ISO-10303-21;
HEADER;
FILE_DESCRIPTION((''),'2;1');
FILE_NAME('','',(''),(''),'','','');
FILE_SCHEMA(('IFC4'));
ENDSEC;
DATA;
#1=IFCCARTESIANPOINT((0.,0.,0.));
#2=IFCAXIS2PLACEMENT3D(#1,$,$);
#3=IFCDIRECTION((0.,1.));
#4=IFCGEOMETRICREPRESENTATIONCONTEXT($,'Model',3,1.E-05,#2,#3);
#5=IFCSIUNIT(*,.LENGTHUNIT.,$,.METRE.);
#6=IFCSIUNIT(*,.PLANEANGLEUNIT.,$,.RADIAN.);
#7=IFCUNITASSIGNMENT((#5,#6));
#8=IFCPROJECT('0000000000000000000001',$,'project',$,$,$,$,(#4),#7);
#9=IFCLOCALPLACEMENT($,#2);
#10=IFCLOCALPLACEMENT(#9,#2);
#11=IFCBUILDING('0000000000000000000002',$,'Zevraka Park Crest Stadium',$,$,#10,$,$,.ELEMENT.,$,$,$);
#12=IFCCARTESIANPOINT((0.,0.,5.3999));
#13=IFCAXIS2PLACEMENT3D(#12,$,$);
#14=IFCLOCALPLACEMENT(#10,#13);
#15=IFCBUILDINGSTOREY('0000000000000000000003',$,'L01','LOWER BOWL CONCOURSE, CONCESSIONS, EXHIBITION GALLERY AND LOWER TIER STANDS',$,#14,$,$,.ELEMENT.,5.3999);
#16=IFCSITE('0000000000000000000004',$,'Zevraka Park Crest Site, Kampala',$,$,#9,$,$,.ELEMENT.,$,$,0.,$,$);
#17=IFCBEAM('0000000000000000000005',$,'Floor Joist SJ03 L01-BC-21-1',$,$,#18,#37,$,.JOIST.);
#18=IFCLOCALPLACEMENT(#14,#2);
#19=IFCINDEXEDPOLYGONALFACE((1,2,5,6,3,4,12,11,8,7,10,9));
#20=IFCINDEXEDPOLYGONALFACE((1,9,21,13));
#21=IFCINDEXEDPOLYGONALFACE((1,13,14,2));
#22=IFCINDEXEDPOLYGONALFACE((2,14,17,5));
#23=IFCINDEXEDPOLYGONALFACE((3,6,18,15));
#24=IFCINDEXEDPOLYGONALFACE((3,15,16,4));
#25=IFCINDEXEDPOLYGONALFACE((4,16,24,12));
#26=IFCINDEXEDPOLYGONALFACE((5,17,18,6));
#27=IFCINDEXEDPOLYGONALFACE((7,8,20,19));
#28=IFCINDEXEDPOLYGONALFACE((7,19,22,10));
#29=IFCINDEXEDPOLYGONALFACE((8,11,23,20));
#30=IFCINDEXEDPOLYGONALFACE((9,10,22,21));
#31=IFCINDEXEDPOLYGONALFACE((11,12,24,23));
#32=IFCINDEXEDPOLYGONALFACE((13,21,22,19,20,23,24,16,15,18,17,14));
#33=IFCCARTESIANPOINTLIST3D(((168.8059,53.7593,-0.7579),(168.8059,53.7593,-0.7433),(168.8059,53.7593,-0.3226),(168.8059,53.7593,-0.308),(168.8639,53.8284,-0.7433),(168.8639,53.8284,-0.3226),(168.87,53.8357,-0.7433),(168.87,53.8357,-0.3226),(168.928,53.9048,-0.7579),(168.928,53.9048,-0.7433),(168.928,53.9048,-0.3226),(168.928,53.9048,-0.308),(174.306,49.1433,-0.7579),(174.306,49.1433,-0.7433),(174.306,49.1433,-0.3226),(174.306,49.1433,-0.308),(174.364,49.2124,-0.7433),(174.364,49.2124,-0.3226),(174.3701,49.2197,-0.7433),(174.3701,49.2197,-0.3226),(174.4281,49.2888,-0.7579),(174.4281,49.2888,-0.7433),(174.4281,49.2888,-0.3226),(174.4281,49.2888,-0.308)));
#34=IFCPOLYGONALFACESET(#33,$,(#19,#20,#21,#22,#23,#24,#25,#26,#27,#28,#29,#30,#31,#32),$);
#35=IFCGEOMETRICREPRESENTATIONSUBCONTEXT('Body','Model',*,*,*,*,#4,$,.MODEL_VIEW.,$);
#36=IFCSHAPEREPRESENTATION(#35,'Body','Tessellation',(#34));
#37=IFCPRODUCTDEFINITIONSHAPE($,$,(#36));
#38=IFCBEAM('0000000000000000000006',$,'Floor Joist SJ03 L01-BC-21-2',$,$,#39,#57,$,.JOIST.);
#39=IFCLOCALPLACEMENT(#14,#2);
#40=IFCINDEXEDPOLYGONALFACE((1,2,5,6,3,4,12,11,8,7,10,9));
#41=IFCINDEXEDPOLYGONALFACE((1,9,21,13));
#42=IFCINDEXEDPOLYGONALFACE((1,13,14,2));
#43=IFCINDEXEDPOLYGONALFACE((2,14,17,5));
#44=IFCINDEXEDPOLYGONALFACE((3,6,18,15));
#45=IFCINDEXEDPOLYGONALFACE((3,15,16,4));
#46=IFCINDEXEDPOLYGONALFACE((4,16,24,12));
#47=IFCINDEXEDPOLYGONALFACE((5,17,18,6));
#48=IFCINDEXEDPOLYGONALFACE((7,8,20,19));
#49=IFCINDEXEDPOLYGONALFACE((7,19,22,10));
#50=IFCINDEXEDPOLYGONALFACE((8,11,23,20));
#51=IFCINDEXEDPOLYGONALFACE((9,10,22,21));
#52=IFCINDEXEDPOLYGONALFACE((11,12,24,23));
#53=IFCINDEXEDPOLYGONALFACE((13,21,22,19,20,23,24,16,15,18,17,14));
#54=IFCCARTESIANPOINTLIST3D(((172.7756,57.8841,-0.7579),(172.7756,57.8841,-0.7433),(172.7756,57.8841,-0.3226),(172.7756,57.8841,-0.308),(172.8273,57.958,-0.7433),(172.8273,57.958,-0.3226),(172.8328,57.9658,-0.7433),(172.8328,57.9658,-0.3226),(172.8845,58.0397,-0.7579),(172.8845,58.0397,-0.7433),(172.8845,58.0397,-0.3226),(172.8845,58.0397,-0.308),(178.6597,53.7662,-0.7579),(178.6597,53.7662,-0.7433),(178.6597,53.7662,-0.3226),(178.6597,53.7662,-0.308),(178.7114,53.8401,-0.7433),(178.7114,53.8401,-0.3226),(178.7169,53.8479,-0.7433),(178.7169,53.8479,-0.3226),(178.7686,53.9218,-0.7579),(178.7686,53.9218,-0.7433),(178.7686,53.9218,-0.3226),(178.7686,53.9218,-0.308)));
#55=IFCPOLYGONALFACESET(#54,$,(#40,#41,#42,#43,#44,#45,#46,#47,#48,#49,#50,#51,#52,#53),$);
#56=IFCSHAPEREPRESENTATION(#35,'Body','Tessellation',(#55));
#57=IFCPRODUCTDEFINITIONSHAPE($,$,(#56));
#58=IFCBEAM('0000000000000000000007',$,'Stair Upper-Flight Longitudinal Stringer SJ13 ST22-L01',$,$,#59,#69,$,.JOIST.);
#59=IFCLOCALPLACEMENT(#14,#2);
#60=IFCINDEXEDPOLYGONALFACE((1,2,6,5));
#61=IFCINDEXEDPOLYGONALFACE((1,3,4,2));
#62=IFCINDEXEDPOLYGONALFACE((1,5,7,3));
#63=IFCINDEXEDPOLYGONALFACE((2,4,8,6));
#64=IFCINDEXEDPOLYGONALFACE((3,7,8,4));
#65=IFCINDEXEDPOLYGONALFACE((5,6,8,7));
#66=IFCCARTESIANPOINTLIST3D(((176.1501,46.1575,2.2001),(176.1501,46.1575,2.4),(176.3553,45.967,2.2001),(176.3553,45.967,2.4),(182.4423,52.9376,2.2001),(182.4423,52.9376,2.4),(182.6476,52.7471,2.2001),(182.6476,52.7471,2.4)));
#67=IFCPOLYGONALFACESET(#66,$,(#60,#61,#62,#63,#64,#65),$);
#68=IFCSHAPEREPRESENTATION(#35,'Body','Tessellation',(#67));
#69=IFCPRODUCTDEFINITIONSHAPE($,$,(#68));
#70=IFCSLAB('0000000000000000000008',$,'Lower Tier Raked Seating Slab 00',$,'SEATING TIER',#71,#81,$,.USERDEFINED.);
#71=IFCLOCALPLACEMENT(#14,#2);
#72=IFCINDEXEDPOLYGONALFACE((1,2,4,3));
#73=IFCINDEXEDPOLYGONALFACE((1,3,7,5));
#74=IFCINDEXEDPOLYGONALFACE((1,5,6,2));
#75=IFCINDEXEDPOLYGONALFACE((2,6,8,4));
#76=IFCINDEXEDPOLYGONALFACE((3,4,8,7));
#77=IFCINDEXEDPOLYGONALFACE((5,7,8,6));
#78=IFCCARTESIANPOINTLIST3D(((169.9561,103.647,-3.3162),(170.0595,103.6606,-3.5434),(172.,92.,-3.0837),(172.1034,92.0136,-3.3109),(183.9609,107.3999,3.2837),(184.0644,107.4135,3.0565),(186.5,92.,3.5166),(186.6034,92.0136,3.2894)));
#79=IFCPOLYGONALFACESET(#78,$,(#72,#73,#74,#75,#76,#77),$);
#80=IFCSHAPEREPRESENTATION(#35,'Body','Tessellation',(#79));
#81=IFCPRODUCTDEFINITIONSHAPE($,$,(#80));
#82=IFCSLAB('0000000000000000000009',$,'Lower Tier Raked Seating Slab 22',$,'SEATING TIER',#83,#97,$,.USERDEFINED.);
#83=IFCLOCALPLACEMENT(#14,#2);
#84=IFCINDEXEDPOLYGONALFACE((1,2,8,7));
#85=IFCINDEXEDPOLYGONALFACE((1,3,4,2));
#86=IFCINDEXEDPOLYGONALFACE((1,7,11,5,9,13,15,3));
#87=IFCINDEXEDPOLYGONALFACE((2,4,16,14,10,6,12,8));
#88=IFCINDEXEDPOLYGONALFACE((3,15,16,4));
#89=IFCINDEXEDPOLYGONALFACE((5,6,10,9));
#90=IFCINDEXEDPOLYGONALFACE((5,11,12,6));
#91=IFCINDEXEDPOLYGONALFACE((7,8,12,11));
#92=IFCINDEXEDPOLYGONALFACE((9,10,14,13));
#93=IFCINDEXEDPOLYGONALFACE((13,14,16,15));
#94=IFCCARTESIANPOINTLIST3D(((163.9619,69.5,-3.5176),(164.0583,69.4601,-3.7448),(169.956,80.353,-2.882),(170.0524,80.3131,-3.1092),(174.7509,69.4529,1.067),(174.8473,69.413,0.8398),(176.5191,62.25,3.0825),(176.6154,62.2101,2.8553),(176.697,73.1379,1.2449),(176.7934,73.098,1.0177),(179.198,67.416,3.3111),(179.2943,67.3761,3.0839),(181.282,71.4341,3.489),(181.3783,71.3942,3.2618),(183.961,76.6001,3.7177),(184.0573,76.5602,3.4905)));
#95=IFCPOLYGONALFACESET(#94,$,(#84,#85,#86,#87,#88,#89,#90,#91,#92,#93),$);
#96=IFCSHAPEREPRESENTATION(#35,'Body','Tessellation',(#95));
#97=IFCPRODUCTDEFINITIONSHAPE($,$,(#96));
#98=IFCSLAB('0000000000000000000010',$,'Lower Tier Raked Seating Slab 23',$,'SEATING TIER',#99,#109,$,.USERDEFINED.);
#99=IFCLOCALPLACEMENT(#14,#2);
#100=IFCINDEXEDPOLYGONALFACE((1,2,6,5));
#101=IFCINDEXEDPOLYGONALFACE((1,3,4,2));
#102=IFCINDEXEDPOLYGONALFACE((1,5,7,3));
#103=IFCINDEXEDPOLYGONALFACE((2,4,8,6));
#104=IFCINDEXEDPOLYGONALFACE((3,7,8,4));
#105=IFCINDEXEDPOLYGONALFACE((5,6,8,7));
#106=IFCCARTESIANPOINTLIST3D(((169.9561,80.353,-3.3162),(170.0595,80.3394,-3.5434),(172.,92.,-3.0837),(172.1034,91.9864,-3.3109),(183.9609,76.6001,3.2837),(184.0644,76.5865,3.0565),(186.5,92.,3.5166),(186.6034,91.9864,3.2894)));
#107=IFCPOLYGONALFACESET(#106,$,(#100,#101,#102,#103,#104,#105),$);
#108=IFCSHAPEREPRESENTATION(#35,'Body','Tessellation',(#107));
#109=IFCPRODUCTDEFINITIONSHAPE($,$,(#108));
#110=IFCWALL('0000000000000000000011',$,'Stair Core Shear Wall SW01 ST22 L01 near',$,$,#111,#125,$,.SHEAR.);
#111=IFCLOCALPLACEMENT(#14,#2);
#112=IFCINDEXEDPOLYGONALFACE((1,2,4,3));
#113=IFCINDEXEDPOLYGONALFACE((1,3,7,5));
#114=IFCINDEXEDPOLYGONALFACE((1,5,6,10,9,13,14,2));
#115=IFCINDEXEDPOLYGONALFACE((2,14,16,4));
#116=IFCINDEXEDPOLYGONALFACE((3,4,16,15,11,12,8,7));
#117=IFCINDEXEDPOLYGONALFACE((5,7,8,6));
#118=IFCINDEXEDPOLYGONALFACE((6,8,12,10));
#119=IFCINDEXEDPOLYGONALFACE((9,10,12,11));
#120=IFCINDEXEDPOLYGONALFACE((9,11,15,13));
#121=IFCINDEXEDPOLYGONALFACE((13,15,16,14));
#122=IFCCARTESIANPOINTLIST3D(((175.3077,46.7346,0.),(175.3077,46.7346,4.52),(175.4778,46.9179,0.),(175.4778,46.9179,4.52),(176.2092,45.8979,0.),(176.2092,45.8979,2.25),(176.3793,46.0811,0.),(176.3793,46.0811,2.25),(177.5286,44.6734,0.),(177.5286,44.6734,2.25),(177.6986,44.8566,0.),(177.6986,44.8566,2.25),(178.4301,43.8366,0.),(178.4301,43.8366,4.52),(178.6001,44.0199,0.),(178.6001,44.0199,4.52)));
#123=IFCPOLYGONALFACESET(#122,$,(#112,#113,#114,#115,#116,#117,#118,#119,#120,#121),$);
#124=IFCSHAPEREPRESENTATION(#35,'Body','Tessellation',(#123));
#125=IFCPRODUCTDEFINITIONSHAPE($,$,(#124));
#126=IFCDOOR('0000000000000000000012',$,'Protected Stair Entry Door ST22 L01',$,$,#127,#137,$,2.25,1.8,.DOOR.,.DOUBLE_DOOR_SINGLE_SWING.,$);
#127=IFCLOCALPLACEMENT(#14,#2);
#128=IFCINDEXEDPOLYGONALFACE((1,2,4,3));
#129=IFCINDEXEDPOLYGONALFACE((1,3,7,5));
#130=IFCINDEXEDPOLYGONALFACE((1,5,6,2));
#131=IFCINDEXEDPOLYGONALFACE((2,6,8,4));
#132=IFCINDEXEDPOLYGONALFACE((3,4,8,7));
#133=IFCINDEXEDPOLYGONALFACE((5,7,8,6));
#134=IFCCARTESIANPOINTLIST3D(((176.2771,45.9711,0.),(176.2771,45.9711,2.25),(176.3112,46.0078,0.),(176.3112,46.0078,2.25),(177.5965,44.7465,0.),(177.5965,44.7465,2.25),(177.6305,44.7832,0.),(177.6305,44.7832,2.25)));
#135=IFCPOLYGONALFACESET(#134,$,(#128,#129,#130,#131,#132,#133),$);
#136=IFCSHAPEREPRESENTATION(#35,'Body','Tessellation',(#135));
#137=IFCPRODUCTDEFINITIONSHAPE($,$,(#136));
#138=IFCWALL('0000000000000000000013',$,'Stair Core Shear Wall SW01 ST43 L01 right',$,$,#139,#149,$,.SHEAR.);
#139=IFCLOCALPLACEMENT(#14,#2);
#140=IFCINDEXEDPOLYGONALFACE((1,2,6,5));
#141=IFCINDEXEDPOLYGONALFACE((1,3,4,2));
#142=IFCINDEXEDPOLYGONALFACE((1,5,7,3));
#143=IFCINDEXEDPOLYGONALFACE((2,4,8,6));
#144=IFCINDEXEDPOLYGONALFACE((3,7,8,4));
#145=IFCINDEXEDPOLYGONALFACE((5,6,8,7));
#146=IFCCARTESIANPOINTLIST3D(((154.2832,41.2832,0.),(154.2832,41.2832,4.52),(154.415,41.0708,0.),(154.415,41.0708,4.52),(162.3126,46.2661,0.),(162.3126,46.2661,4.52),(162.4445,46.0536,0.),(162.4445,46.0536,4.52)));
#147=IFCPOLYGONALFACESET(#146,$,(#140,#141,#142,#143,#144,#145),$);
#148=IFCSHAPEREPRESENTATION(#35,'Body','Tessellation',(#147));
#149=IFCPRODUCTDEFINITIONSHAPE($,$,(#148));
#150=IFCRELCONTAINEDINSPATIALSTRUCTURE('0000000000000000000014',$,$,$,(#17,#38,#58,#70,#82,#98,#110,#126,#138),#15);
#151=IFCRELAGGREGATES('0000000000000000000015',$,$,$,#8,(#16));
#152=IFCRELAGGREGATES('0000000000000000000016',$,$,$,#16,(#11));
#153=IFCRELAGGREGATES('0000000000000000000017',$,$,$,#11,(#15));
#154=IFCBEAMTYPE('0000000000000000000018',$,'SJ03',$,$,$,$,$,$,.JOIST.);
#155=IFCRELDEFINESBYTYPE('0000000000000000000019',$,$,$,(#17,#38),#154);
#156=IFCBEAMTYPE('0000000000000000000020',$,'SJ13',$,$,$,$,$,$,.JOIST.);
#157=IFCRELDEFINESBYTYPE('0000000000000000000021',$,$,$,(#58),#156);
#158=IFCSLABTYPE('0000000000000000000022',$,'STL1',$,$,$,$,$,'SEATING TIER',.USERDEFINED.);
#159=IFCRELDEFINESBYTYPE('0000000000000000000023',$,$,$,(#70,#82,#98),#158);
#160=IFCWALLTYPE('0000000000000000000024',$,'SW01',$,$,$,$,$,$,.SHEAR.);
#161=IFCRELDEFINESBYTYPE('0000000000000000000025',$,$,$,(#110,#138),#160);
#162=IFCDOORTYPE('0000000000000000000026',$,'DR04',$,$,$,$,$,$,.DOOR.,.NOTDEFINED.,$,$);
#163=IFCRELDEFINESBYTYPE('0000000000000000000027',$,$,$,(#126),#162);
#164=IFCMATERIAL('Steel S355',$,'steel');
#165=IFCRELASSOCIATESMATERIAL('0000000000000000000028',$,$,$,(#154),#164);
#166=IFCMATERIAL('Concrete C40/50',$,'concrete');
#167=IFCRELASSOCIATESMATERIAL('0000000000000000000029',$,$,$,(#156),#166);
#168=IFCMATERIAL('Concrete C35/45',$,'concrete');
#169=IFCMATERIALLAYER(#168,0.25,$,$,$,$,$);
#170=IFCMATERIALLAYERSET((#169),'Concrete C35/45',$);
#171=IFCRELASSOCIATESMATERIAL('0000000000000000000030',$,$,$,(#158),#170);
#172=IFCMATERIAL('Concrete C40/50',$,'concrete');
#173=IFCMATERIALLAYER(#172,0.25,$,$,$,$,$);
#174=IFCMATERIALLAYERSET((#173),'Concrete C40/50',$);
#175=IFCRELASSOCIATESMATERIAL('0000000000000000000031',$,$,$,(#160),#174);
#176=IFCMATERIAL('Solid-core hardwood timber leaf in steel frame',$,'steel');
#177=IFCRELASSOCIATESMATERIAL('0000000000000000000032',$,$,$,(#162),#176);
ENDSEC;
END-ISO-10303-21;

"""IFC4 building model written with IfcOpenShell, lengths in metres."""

from ifc_helpers import new_model, si_unit, direction, frame, frame_2d, origin, origin_2d, place, context, subcontext, project, spatial, polyline, rectangle, i_section, outline, extrude, material, layer, layer_set, material_profile, profile_set, type_object, element, fill, save


model = new_model("IFC4")

# Units and contexts
model_context = context("Model", 3, precision=1e-05, world=origin(), true_north=direction((0.0, 1.0)))
body_context = subcontext(model_context, "Body", "Model", "MODEL_VIEW")
ifc_project = project(units=[si_unit("LENGTHUNIT", "METRE"), si_unit("PLANEANGLEUNIT", "RADIAN")], contexts=[model_context])

# Site, building, storey
site_placement = place(None, origin())
site = spatial("IfcSite", under=ifc_project, at=site_placement, Name="Zevraka Park Crest Site, Kampala", CompositionType="ELEMENT", RefElevation=0.0)
building_placement = place(site_placement, origin())
building = spatial("IfcBuilding", under=site, at=building_placement, Name="Zevraka Park Crest Stadium", CompositionType="ELEMENT")
storey_placement = place(building_placement, frame((0.0, 0.0, 5.3999)))
storey = spatial("IfcBuildingStorey", under=building, at=storey_placement, Name="L01", Description="LOWER BOWL CONCOURSE, CONCESSIONS, EXHIBITION GALLERY AND LOWER TIER STANDS", CompositionType="ELEMENT", Elevation=5.3999)

# Beams
ifc_material_1 = material(Name="Steel S355", Category="steel")
ifc_material_profile_1 = material_profile(ifc_material_1, i_section(OverallWidth=0.1899, OverallDepth=0.45, WebThickness=0.0095, FlangeThickness=0.0146, at=origin_2d()), Name="IPE 450")
ifc_profile_set_1 = profile_set([ifc_material_profile_1], Name="Steel S355")
beam_type_1 = type_object("IfcBeamType", Name="SJ03", PredefinedType="JOIST", material=ifc_profile_set_1)
beam_1_placement = place(storey_placement, frame((168.8669, 53.832, -0.533), z_axis=(0.765981, -0.642863, 0.0), x_axis=(0.642863, 0.765981, 0.0)))
element("IfcBeam", 1, at=beam_1_placement, inside=storey, type_object=beam_type_1, Name="Floor Joist SJ03 L01-BC-21-1", PredefinedType="JOIST", context=body_context, shape_type="SweptSolid", body=[
    extrude(i_section(OverallWidth=0.1899, OverallDepth=0.45, WebThickness=0.0095, FlangeThickness=0.0146, at=origin_2d()), origin(), (0.0, 0.0, 1.0), 7.1804),
])
beam_2_placement = place(storey_placement, frame((172.8301, 57.9619, -0.533), z_axis=(0.819291, -0.573378, 0.0), x_axis=(0.573378, 0.819291, 0.0)))
element("IfcBeam", 2, at=beam_2_placement, inside=storey, type_object=beam_type_1, Name="Floor Joist SJ03 L01-BC-21-2", PredefinedType="JOIST", context=body_context, shape_type="SweptSolid", body=[
    extrude(i_section(OverallWidth=0.1899, OverallDepth=0.45, WebThickness=0.0095, FlangeThickness=0.0146, at=origin_2d()), origin(), (0.0, 0.0, 1.0), 7.1819),
])
ifc_material_2 = material(Name="Concrete C40/50", Category="concrete")
ifc_material_profile_2 = material_profile(ifc_material_2, rectangle(XDim=0.28, YDim=0.2, at=origin_2d()), Name="RC 200x280")
ifc_profile_set_2 = profile_set([ifc_material_profile_2], Name="Concrete C40/50")
beam_type_2 = type_object("IfcBeamType", Name="SJ13", PredefinedType="JOIST", material=ifc_profile_set_2)
beam_3_placement = place(storey_placement, frame((176.2527, 46.0623, 2.3), z_axis=(0.680248, 0.732982, 0.0), x_axis=(-0.732982, 0.680248, 0.0)))
element("IfcBeam", 3, at=beam_3_placement, inside=storey, type_object=beam_type_2, Name="Stair Upper-Flight Longitudinal Stringer SJ13 ST22-L01", PredefinedType="JOIST", context=body_context, shape_type="SweptSolid", body=[
    extrude(rectangle(XDim=0.28, YDim=0.2, at=origin_2d()), origin(), (0.0, 0.0, 1.0), 9.25),
])

# Slabs
ifc_material_3 = material(Name="Concrete C35/45", Category="concrete")
ifc_layer_1 = layer(ifc_material_3, 0.25)
ifc_layer_set_1 = layer_set([ifc_layer_1], Name="Concrete C35/45")
slab_type = type_object("IfcSlabType", Name="STL1", ElementType="SEATING TIER", PredefinedType="USERDEFINED", material=ifc_layer_set_1)
slab_1_placement = place(storey_placement, frame((172.0, 92.0, -3.0837), z_axis=(-0.413678, -0.054461, 0.908793), x_axis=(-0.172816, 0.984758, -0.019652)))
element("IfcSlab", 4, at=slab_1_placement, inside=storey, type_object=slab_type, Name="Lower Tier Raked Seating Slab 00", ObjectType="SEATING TIER", PredefinedType="USERDEFINED", context=body_context, shape_type="SweptSolid", body=[
    extrude(outline(polyline([(0.0, 0.0), (11.8272, 0.0), (12.973, -15.8892), (-2.6355, -15.712), (0.0, 0.0)])), origin(), (0.0, 0.0, -1.0), 0.25),
])
slab_2_placement = place(storey_placement, frame((163.9619, 69.5, -3.5176), z_axis=(-0.385474, 0.159679, 0.908797), x_axis=(0.482829, 0.874217, 0.051193)))
element("IfcSlab", 5, at=slab_2_placement, inside=storey, type_object=slab_type, Name="Lower Tier Raked Seating Slab 22", ObjectType="SEATING TIER", PredefinedType="USERDEFINED", context=body_context, shape_type="SweptSolid", body=[
    extrude(outline(polyline([(0.0, 0.0), (12.4146, 0.0), (16.2335, -15.4659), (10.4121, -15.6335), (9.573, -10.3177), (5.4028, -10.4035), (5.8842, -15.7635), (0.0628, -15.9311), (0.0, 0.0)])), origin(), (0.0, 0.0, -1.0), 0.25),
])
slab_3_placement = place(storey_placement, frame((169.9561, 80.353, -3.3162), z_axis=(-0.413678, 0.054461, 0.908793), x_axis=(0.172816, 0.984758, 0.019652)))
element("IfcSlab", 6, at=slab_3_placement, inside=storey, type_object=slab_type, Name="Lower Tier Raked Seating Slab 23", ObjectType="SEATING TIER", PredefinedType="USERDEFINED", context=body_context, shape_type="SweptSolid", body=[
    extrude(outline(polyline([(0.0, 0.0), (11.8272, 0.0), (14.4628, -15.712), (-1.1458, -15.8892), (0.0, 0.0)])), origin(), (0.0, 0.0, -1.0), 0.25),
])

# Wall, opening, door
ifc_material_4 = material(Name="Concrete C40/50", Category="concrete")
ifc_layer_2 = layer(ifc_material_4, 0.25)
ifc_layer_set_2 = layer_set([ifc_layer_2], Name="Concrete C40/50")
wall_type = type_object("IfcWallType", Name="SW01", PredefinedType="SHEAR", material=ifc_layer_set_2)
wall_1_placement = place(storey_placement, frame((175.3928, 46.8262, 0.0), z_axis=(0.0, 0.0, 1.0), x_axis=(0.732951, -0.680282, 0.0)))
wall_1 = element("IfcWall", 7, at=wall_1_placement, inside=storey, type_object=wall_type, Name="Stair Core Shear Wall SW01 ST22 L01 near", PredefinedType="SHEAR", context=body_context, shape_type="SweptSolid", body=[
    extrude(rectangle(XDim=4.26, YDim=0.25, at=frame_2d((2.1299, 0.0))), origin(), (0.0, 0.0, 1.0), 4.52),
])
opening_placement = place(wall_1_placement, frame((1.23, 0.0, 0.0)))
opening = element("IfcOpeningElement", 8, at=opening_placement, cuts=wall_1, PredefinedType="OPENING", context=body_context, shape_type="SweptSolid", body=[
    extrude(rectangle(XDim=1.8, YDim=2.25, at=frame_2d((0.8999, 1.125))), frame((0.0, 0.135, 0.0), z_axis=(0.0, -1.0, 0.0), x_axis=(1.0, 0.0, 0.0)), (0.0, 0.0, 1.0), 0.27),
])
ifc_material_5 = material(Name="Solid-core hardwood timber leaf in steel frame", Category="steel")
door_type = type_object("IfcDoorType", Name="DR04", OperationType="NOTDEFINED", PredefinedType="DOOR", material=ifc_material_5)
door_placement = place(opening_placement, origin())
door = element("IfcDoor", 9, at=door_placement, inside=storey, type_object=door_type, Name="Protected Stair Entry Door ST22 L01", OperationType="DOUBLE_DOOR_SINGLE_SWING", OverallHeight=2.25, OverallWidth=1.8, PredefinedType="DOOR", context=body_context, shape_type="SweptSolid", body=[
    extrude(rectangle(XDim=1.8, YDim=2.25, at=frame_2d((0.8999, 1.125))), frame((0.0, 0.0249, 0.0), z_axis=(0.0, -1.0, 0.0), x_axis=(1.0, 0.0, 0.0)), (0.0, 0.0, 1.0), 0.05),
])
fill(opening, door)

# Wall
wall_2_placement = place(storey_placement, frame((162.3787, 46.1599, 0.0), z_axis=(0.0, 0.0, 1.0), x_axis=(-0.849685, -0.527291, 0.0)))
element("IfcWall", 10, at=wall_2_placement, inside=storey, type_object=wall_type, Name="Stair Core Shear Wall SW01 ST43 L01 right", PredefinedType="SHEAR", context=body_context, shape_type="SweptSolid", body=[
    extrude(rectangle(XDim=9.45, YDim=0.25, at=frame_2d((4.7251, 0.0))), origin(), (0.0, 0.0, 1.0), 4.52),
])

save(model, "model.ifc")
